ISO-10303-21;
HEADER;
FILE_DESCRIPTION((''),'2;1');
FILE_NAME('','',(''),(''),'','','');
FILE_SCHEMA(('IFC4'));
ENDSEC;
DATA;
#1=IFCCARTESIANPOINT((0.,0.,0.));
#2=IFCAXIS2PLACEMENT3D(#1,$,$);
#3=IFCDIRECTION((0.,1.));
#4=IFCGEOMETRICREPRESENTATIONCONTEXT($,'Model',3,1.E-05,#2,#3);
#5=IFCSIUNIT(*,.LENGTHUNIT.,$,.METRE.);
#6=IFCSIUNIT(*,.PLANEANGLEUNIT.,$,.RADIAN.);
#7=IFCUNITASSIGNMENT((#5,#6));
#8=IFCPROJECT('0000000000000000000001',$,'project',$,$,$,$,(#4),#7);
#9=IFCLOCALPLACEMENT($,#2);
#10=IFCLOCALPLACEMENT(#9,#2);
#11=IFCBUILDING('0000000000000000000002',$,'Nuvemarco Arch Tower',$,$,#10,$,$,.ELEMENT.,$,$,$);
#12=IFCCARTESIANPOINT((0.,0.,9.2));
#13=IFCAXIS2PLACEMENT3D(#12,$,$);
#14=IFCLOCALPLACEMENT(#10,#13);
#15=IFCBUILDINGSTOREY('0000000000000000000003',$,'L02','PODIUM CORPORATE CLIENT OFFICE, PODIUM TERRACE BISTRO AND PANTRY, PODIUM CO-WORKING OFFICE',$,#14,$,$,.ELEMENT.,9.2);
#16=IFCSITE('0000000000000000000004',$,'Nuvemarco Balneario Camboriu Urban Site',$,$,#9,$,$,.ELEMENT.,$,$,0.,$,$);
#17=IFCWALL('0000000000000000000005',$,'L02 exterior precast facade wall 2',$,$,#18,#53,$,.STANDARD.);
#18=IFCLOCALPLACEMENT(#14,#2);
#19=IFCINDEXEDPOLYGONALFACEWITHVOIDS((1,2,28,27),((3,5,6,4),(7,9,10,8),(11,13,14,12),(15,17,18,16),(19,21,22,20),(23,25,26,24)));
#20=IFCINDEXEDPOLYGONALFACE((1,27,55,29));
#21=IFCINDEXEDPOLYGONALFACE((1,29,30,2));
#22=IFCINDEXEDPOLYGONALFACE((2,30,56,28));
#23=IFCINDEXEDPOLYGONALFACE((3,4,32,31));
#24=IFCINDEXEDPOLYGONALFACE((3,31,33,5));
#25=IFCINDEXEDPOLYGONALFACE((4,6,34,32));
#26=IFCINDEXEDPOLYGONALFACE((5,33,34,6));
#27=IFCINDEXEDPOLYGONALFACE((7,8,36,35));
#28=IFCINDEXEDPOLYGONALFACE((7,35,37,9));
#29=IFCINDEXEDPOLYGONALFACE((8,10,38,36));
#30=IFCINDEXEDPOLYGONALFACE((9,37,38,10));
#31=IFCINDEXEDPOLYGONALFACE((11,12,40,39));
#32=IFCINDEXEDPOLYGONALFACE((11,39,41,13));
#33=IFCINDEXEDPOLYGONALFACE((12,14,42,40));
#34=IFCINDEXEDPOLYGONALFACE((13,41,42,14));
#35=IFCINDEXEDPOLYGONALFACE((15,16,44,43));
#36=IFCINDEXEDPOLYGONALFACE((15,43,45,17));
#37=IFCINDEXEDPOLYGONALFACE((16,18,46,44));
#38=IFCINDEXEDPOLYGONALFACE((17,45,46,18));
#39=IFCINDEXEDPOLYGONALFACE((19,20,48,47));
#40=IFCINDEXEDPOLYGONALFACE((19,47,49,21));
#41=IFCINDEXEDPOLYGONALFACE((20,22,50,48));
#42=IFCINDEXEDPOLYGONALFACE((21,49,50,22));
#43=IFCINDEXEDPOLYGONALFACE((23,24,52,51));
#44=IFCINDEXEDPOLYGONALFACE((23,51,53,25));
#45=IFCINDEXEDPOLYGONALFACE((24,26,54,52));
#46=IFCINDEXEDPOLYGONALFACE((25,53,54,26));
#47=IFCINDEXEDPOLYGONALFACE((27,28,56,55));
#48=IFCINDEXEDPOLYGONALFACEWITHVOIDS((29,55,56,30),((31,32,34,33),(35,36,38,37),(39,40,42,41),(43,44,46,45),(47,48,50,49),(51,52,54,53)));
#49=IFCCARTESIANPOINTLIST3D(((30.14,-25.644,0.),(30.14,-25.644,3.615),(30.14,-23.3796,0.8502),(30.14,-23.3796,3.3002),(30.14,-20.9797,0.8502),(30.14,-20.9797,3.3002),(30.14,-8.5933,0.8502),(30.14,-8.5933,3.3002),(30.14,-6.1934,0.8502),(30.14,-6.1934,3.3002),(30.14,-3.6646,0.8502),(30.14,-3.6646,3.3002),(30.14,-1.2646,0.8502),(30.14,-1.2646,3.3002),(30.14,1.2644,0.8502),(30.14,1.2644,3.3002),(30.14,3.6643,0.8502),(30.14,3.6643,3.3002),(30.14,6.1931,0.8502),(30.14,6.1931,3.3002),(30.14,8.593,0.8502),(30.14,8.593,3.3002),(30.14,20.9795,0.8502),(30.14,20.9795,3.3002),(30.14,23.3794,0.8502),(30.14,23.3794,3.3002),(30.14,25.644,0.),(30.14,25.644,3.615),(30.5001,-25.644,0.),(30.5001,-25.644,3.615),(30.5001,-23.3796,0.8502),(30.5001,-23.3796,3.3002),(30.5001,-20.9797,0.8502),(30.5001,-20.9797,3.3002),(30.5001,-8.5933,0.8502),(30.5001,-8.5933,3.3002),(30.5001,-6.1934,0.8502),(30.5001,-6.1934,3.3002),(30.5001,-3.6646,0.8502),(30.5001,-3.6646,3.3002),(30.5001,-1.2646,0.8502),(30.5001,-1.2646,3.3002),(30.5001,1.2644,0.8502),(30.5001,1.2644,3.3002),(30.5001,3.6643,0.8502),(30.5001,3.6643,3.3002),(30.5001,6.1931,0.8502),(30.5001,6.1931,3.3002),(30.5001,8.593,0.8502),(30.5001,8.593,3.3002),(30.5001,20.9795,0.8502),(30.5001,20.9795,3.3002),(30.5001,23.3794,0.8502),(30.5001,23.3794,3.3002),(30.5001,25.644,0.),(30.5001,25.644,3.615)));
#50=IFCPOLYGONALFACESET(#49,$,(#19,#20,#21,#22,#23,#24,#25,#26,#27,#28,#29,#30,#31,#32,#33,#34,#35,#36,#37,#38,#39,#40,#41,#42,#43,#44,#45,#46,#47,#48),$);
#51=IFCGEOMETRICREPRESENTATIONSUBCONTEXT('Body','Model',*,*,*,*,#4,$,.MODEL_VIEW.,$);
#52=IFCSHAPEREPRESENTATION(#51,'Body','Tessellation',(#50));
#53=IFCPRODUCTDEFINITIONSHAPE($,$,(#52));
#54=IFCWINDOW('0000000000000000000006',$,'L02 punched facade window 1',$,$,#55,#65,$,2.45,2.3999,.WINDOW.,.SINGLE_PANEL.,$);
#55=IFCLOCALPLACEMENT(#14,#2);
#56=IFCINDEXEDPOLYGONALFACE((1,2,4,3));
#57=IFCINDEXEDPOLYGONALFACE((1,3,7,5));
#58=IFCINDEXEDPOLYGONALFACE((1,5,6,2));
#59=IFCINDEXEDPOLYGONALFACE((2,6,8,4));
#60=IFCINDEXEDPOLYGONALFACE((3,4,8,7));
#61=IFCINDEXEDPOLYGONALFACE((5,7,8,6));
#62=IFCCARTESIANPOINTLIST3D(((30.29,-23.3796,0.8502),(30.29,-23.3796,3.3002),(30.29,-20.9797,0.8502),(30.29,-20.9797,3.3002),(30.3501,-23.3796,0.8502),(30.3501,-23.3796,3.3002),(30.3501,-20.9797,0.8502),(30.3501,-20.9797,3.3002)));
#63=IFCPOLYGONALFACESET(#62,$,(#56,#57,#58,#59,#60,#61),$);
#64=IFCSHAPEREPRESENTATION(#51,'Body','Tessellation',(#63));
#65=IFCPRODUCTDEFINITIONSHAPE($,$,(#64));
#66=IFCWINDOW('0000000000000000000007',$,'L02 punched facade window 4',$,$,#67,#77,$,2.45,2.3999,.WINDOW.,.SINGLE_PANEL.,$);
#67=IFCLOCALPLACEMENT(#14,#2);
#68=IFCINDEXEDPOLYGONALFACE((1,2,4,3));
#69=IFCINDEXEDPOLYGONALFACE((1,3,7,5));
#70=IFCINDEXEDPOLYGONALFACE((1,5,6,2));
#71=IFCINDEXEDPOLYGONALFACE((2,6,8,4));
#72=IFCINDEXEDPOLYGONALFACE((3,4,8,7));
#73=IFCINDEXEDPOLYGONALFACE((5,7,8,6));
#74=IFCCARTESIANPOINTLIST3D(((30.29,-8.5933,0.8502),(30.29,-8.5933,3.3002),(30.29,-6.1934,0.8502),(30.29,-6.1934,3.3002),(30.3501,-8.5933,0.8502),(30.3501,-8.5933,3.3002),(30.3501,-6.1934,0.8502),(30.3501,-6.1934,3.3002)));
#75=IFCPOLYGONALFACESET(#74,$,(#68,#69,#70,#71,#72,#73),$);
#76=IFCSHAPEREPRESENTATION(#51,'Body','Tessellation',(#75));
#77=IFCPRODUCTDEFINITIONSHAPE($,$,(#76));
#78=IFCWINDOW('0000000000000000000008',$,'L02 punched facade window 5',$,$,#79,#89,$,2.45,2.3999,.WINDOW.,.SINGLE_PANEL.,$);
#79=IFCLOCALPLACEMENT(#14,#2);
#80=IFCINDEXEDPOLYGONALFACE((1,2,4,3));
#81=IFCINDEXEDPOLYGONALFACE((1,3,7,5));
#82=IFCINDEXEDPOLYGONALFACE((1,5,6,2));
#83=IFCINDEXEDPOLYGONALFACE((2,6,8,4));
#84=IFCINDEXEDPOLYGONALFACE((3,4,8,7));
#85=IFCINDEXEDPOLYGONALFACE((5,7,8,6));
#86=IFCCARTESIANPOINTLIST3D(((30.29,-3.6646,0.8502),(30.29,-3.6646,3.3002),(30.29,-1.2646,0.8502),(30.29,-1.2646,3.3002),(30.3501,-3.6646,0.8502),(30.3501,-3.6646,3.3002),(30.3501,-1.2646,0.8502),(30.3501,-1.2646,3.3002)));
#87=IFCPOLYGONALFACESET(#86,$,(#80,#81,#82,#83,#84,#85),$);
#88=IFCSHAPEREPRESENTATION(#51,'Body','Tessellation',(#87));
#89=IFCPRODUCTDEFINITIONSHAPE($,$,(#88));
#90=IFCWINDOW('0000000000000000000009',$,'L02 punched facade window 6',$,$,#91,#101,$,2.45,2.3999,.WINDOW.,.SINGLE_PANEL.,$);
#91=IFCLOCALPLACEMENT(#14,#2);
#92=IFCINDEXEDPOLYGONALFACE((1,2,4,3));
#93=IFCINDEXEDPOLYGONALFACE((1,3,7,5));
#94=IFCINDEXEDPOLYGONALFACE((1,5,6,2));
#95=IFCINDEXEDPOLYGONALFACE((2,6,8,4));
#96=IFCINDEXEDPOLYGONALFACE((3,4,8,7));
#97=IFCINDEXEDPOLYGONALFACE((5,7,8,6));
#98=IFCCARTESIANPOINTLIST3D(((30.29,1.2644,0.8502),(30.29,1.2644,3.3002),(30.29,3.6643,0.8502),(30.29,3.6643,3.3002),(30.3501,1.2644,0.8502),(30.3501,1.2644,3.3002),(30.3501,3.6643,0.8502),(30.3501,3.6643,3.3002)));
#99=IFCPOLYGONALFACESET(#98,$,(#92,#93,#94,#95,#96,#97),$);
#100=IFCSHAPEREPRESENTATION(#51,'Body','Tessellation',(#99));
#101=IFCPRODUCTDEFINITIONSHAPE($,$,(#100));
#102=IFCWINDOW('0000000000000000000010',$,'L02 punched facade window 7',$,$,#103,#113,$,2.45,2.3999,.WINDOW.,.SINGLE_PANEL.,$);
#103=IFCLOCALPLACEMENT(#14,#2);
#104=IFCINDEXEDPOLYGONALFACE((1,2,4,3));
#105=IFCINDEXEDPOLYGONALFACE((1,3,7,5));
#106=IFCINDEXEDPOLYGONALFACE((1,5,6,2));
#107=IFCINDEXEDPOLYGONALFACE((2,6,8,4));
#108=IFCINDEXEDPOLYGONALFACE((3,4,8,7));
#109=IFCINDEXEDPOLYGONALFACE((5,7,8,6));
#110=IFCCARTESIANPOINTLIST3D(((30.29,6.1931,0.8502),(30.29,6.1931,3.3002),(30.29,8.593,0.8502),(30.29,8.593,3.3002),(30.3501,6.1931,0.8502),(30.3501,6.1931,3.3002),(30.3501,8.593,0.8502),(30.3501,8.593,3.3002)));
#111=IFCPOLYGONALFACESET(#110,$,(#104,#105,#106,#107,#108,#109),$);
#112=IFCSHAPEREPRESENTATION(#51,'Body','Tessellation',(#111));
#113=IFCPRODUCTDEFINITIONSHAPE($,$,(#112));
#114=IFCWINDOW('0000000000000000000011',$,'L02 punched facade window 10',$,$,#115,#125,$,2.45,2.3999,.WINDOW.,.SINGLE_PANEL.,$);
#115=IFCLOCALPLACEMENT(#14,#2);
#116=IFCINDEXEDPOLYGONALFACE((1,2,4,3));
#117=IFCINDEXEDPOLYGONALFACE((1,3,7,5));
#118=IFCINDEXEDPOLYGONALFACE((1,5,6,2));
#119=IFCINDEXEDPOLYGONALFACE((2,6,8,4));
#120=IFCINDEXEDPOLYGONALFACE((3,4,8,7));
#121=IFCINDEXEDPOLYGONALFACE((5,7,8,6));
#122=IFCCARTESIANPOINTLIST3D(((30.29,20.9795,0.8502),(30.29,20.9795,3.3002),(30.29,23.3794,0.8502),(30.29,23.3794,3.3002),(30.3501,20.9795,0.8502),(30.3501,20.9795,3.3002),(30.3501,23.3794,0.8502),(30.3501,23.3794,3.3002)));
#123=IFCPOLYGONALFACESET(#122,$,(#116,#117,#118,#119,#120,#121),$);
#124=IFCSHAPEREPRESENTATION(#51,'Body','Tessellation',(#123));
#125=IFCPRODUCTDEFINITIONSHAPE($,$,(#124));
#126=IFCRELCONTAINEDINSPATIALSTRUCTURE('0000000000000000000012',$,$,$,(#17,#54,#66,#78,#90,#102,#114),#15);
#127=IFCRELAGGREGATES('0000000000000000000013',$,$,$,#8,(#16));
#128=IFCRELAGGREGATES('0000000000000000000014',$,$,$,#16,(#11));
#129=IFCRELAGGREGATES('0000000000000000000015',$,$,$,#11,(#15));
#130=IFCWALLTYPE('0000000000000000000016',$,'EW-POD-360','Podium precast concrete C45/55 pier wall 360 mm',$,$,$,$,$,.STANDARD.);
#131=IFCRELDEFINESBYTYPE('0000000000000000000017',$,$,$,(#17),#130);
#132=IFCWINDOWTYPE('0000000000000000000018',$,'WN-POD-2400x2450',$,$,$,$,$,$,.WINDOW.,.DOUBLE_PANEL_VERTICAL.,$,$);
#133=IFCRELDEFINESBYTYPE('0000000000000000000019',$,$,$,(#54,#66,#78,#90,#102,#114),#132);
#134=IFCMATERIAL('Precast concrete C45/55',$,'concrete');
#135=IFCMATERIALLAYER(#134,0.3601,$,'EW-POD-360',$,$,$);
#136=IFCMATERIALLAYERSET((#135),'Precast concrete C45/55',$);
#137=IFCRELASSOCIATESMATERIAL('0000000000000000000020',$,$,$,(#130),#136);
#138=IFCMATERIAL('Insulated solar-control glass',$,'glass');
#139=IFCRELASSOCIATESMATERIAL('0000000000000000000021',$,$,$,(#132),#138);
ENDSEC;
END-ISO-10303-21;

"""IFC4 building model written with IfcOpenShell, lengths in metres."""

from ifc_helpers import new_model, si_unit, direction, frame, frame_2d, origin, place, context, subcontext, project, spatial, rectangle, extrude, source, transform, mapped, material, layer, layer_set, type_object, type_shapes, element, fill, save


model = new_model("IFC4")

# Units and contexts
model_context = context("Model", 3, precision=1e-05, world=origin(), true_north=direction((0.0, 1.0)))
body_context = subcontext(model_context, "Body", "Model", "MODEL_VIEW")
ifc_project = project(units=[si_unit("LENGTHUNIT", "METRE"), si_unit("PLANEANGLEUNIT", "RADIAN")], contexts=[model_context])

# Site, building, storey
site_placement = place(None, origin())
site = spatial("IfcSite", under=ifc_project, at=site_placement, Name="Nuvemarco Balneario Camboriu Urban Site", CompositionType="ELEMENT", RefElevation=0.0)
building_placement = place(site_placement, origin())
building = spatial("IfcBuilding", under=site, at=building_placement, Name="Nuvemarco Arch Tower", CompositionType="ELEMENT")
storey_placement = place(building_placement, frame((0.0, 0.0, 9.2)))
storey = spatial("IfcBuildingStorey", under=building, at=storey_placement, Name="L02", Description="PODIUM CORPORATE CLIENT OFFICE, PODIUM TERRACE BISTRO AND PANTRY, PODIUM CO-WORKING OFFICE", CompositionType="ELEMENT", Elevation=9.2)

# Shared definitions
ifc_material_1 = material(Name="Precast concrete C45/55", Category="concrete")

# Shared definitions
ifc_layer_1 = layer(ifc_material_1, 0.3601, Name="EW-POD-360")
ifc_layer_set_1 = layer_set([ifc_layer_1], Name="Precast concrete C45/55")
wall_type_1 = type_object("IfcWallType", Name="EW-POD-360", Description="Podium precast concrete C45/55 pier wall 360 mm", PredefinedType="STANDARD", material=ifc_layer_set_1)
ifc_material_2 = material(Name="Insulated solar-control glass", Category="glass")

# Wall, openings, windows
wall_1_placement = place(storey_placement, frame((30.3201, -25.644, 0.0), z_axis=(0.0, 0.0, 1.0), x_axis=(0.0, 1.0, 0.0)))
wall_1 = element("IfcWall", 1, at=wall_1_placement, inside=storey, type_object=wall_type_1, Name="L02 exterior precast facade wall 2", PredefinedType="STANDARD", context=body_context, shape_type="SweptSolid", body=[
    extrude(rectangle(XDim=51.2881, YDim=0.3601, at=frame_2d((25.644, 0.0))), origin(), (0.0, 0.0, 1.0), 3.615),
])
opening_1_placement = place(wall_1_placement, frame((2.2644, 0.0, 0.8501)))
opening_1 = element("IfcOpeningElement", 2, at=opening_1_placement, cuts=wall_1, PredefinedType="OPENING", context=body_context, shape_type="SweptSolid", body=[
    extrude(rectangle(XDim=2.3999, YDim=2.45, at=frame_2d((1.2, 1.2251))), frame((0.0, 0.1899, 0.0), z_axis=(0.0, -1.0, 0.0), x_axis=(1.0, 0.0, 0.0)), (0.0, 0.0, 1.0), 0.3801),
])
opening_2_placement = place(wall_1_placement, frame((17.0508, 0.0, 0.8501)))
opening_2 = element("IfcOpeningElement", 3, at=opening_2_placement, cuts=wall_1, PredefinedType="OPENING", context=body_context, shape_type="SweptSolid", body=[
    extrude(rectangle(XDim=2.3999, YDim=2.45, at=frame_2d((1.2, 1.2251))), frame((0.0, 0.1899, 0.0), z_axis=(0.0, -1.0, 0.0), x_axis=(1.0, 0.0, 0.0)), (0.0, 0.0, 1.0), 0.3801),
])
opening_3_placement = place(wall_1_placement, frame((21.9795, 0.0, 0.8501)))
opening_3 = element("IfcOpeningElement", 4, at=opening_3_placement, cuts=wall_1, PredefinedType="OPENING", context=body_context, shape_type="SweptSolid", body=[
    extrude(rectangle(XDim=2.3999, YDim=2.45, at=frame_2d((1.2, 1.2251))), frame((0.0, 0.1899, 0.0), z_axis=(0.0, -1.0, 0.0), x_axis=(1.0, 0.0, 0.0)), (0.0, 0.0, 1.0), 0.3801),
])
opening_4_placement = place(wall_1_placement, frame((26.9084, 0.0, 0.8501)))
opening_4 = element("IfcOpeningElement", 5, at=opening_4_placement, cuts=wall_1, PredefinedType="OPENING", context=body_context, shape_type="SweptSolid", body=[
    extrude(rectangle(XDim=2.3999, YDim=2.45, at=frame_2d((1.2, 1.2251))), frame((0.0, 0.1899, 0.0), z_axis=(0.0, -1.0, 0.0), x_axis=(1.0, 0.0, 0.0)), (0.0, 0.0, 1.0), 0.3801),
])
opening_5_placement = place(wall_1_placement, frame((31.8372, 0.0, 0.8501)))
opening_5 = element("IfcOpeningElement", 6, at=opening_5_placement, cuts=wall_1, PredefinedType="OPENING", context=body_context, shape_type="SweptSolid", body=[
    extrude(rectangle(XDim=2.3999, YDim=2.45, at=frame_2d((1.2, 1.2251))), frame((0.0, 0.1899, 0.0), z_axis=(0.0, -1.0, 0.0), x_axis=(1.0, 0.0, 0.0)), (0.0, 0.0, 1.0), 0.3801),
])
opening_6_placement = place(wall_1_placement, frame((46.6235, 0.0, 0.8501)))
opening_6 = element("IfcOpeningElement", 7, at=opening_6_placement, cuts=wall_1, PredefinedType="OPENING", context=body_context, shape_type="SweptSolid", body=[
    extrude(rectangle(XDim=2.3999, YDim=2.45, at=frame_2d((1.2, 1.2251))), frame((0.0, 0.1899, 0.0), z_axis=(0.0, -1.0, 0.0), x_axis=(1.0, 0.0, 0.0)), (0.0, 0.0, 1.0), 0.3801),
])
window_type_1 = type_object("IfcWindowType", Name="WN-POD-2400x2450", PartitioningType="DOUBLE_PANEL_VERTICAL", PredefinedType="WINDOW", material=ifc_material_2)
shared_shape_1 = source(origin(), body_context, "Body", "SweptSolid", [
    extrude(rectangle(XDim=2.3999, YDim=2.45, at=frame_2d((1.2, 1.2251))), frame((0.0, 0.03, 0.0), z_axis=(0.0, -1.0, 0.0), x_axis=(1.0, 0.0, 0.0)), (0.0, 0.0, 1.0), 0.0601),
])
type_shapes(window_type_1, [shared_shape_1])
window_1_placement = place(opening_1_placement, origin())
window_1 = element("IfcWindow", 8, at=window_1_placement, inside=storey, type_object=window_type_1, Name="L02 punched facade window 1", OverallHeight=2.45, OverallWidth=2.3999, PartitioningType="SINGLE_PANEL", PredefinedType="WINDOW", context=body_context, shape_type="MappedRepresentation", body=[
    mapped(shared_shape_1, transform((0.0, 0.0, 0.0), scale=1.0)),
])
fill(opening_1, window_1)
window_2_placement = place(opening_2_placement, origin())
window_2 = element("IfcWindow", 9, at=window_2_placement, inside=storey, type_object=window_type_1, Name="L02 punched facade window 4", OverallHeight=2.45, OverallWidth=2.3999, PartitioningType="SINGLE_PANEL", PredefinedType="WINDOW", context=body_context, shape_type="MappedRepresentation", body=[
    mapped(shared_shape_1, transform((0.0, 0.0, 0.0), scale=1.0)),
])
fill(opening_2, window_2)
window_3_placement = place(opening_3_placement, origin())
window_3 = element("IfcWindow", 10, at=window_3_placement, inside=storey, type_object=window_type_1, Name="L02 punched facade window 5", OverallHeight=2.45, OverallWidth=2.3999, PartitioningType="SINGLE_PANEL", PredefinedType="WINDOW", context=body_context, shape_type="MappedRepresentation", body=[
    mapped(shared_shape_1, transform((0.0, 0.0, 0.0), scale=1.0)),
])
fill(opening_3, window_3)
window_4_placement = place(opening_4_placement, origin())
window_4 = element("IfcWindow", 11, at=window_4_placement, inside=storey, type_object=window_type_1, Name="L02 punched facade window 6", OverallHeight=2.45, OverallWidth=2.3999, PartitioningType="SINGLE_PANEL", PredefinedType="WINDOW", context=body_context, shape_type="MappedRepresentation", body=[
    mapped(shared_shape_1, transform((0.0, 0.0, 0.0), scale=1.0)),
])
fill(opening_4, window_4)
window_5_placement = place(opening_5_placement, origin())
window_5 = element("IfcWindow", 12, at=window_5_placement, inside=storey, type_object=window_type_1, Name="L02 punched facade window 7", OverallHeight=2.45, OverallWidth=2.3999, PartitioningType="SINGLE_PANEL", PredefinedType="WINDOW", context=body_context, shape_type="MappedRepresentation", body=[
    mapped(shared_shape_1, transform((0.0, 0.0, 0.0), scale=1.0)),
])
fill(opening_5, window_5)
window_6_placement = place(opening_6_placement, origin())
window_6 = element("IfcWindow", 13, at=window_6_placement, inside=storey, type_object=window_type_1, Name="L02 punched facade window 10", OverallHeight=2.45, OverallWidth=2.3999, PartitioningType="SINGLE_PANEL", PredefinedType="WINDOW", context=body_context, shape_type="MappedRepresentation", body=[
    mapped(shared_shape_1, transform((0.0, 0.0, 0.0), scale=1.0)),
])
fill(opening_6, window_6)

save(model, "model.ifc")
